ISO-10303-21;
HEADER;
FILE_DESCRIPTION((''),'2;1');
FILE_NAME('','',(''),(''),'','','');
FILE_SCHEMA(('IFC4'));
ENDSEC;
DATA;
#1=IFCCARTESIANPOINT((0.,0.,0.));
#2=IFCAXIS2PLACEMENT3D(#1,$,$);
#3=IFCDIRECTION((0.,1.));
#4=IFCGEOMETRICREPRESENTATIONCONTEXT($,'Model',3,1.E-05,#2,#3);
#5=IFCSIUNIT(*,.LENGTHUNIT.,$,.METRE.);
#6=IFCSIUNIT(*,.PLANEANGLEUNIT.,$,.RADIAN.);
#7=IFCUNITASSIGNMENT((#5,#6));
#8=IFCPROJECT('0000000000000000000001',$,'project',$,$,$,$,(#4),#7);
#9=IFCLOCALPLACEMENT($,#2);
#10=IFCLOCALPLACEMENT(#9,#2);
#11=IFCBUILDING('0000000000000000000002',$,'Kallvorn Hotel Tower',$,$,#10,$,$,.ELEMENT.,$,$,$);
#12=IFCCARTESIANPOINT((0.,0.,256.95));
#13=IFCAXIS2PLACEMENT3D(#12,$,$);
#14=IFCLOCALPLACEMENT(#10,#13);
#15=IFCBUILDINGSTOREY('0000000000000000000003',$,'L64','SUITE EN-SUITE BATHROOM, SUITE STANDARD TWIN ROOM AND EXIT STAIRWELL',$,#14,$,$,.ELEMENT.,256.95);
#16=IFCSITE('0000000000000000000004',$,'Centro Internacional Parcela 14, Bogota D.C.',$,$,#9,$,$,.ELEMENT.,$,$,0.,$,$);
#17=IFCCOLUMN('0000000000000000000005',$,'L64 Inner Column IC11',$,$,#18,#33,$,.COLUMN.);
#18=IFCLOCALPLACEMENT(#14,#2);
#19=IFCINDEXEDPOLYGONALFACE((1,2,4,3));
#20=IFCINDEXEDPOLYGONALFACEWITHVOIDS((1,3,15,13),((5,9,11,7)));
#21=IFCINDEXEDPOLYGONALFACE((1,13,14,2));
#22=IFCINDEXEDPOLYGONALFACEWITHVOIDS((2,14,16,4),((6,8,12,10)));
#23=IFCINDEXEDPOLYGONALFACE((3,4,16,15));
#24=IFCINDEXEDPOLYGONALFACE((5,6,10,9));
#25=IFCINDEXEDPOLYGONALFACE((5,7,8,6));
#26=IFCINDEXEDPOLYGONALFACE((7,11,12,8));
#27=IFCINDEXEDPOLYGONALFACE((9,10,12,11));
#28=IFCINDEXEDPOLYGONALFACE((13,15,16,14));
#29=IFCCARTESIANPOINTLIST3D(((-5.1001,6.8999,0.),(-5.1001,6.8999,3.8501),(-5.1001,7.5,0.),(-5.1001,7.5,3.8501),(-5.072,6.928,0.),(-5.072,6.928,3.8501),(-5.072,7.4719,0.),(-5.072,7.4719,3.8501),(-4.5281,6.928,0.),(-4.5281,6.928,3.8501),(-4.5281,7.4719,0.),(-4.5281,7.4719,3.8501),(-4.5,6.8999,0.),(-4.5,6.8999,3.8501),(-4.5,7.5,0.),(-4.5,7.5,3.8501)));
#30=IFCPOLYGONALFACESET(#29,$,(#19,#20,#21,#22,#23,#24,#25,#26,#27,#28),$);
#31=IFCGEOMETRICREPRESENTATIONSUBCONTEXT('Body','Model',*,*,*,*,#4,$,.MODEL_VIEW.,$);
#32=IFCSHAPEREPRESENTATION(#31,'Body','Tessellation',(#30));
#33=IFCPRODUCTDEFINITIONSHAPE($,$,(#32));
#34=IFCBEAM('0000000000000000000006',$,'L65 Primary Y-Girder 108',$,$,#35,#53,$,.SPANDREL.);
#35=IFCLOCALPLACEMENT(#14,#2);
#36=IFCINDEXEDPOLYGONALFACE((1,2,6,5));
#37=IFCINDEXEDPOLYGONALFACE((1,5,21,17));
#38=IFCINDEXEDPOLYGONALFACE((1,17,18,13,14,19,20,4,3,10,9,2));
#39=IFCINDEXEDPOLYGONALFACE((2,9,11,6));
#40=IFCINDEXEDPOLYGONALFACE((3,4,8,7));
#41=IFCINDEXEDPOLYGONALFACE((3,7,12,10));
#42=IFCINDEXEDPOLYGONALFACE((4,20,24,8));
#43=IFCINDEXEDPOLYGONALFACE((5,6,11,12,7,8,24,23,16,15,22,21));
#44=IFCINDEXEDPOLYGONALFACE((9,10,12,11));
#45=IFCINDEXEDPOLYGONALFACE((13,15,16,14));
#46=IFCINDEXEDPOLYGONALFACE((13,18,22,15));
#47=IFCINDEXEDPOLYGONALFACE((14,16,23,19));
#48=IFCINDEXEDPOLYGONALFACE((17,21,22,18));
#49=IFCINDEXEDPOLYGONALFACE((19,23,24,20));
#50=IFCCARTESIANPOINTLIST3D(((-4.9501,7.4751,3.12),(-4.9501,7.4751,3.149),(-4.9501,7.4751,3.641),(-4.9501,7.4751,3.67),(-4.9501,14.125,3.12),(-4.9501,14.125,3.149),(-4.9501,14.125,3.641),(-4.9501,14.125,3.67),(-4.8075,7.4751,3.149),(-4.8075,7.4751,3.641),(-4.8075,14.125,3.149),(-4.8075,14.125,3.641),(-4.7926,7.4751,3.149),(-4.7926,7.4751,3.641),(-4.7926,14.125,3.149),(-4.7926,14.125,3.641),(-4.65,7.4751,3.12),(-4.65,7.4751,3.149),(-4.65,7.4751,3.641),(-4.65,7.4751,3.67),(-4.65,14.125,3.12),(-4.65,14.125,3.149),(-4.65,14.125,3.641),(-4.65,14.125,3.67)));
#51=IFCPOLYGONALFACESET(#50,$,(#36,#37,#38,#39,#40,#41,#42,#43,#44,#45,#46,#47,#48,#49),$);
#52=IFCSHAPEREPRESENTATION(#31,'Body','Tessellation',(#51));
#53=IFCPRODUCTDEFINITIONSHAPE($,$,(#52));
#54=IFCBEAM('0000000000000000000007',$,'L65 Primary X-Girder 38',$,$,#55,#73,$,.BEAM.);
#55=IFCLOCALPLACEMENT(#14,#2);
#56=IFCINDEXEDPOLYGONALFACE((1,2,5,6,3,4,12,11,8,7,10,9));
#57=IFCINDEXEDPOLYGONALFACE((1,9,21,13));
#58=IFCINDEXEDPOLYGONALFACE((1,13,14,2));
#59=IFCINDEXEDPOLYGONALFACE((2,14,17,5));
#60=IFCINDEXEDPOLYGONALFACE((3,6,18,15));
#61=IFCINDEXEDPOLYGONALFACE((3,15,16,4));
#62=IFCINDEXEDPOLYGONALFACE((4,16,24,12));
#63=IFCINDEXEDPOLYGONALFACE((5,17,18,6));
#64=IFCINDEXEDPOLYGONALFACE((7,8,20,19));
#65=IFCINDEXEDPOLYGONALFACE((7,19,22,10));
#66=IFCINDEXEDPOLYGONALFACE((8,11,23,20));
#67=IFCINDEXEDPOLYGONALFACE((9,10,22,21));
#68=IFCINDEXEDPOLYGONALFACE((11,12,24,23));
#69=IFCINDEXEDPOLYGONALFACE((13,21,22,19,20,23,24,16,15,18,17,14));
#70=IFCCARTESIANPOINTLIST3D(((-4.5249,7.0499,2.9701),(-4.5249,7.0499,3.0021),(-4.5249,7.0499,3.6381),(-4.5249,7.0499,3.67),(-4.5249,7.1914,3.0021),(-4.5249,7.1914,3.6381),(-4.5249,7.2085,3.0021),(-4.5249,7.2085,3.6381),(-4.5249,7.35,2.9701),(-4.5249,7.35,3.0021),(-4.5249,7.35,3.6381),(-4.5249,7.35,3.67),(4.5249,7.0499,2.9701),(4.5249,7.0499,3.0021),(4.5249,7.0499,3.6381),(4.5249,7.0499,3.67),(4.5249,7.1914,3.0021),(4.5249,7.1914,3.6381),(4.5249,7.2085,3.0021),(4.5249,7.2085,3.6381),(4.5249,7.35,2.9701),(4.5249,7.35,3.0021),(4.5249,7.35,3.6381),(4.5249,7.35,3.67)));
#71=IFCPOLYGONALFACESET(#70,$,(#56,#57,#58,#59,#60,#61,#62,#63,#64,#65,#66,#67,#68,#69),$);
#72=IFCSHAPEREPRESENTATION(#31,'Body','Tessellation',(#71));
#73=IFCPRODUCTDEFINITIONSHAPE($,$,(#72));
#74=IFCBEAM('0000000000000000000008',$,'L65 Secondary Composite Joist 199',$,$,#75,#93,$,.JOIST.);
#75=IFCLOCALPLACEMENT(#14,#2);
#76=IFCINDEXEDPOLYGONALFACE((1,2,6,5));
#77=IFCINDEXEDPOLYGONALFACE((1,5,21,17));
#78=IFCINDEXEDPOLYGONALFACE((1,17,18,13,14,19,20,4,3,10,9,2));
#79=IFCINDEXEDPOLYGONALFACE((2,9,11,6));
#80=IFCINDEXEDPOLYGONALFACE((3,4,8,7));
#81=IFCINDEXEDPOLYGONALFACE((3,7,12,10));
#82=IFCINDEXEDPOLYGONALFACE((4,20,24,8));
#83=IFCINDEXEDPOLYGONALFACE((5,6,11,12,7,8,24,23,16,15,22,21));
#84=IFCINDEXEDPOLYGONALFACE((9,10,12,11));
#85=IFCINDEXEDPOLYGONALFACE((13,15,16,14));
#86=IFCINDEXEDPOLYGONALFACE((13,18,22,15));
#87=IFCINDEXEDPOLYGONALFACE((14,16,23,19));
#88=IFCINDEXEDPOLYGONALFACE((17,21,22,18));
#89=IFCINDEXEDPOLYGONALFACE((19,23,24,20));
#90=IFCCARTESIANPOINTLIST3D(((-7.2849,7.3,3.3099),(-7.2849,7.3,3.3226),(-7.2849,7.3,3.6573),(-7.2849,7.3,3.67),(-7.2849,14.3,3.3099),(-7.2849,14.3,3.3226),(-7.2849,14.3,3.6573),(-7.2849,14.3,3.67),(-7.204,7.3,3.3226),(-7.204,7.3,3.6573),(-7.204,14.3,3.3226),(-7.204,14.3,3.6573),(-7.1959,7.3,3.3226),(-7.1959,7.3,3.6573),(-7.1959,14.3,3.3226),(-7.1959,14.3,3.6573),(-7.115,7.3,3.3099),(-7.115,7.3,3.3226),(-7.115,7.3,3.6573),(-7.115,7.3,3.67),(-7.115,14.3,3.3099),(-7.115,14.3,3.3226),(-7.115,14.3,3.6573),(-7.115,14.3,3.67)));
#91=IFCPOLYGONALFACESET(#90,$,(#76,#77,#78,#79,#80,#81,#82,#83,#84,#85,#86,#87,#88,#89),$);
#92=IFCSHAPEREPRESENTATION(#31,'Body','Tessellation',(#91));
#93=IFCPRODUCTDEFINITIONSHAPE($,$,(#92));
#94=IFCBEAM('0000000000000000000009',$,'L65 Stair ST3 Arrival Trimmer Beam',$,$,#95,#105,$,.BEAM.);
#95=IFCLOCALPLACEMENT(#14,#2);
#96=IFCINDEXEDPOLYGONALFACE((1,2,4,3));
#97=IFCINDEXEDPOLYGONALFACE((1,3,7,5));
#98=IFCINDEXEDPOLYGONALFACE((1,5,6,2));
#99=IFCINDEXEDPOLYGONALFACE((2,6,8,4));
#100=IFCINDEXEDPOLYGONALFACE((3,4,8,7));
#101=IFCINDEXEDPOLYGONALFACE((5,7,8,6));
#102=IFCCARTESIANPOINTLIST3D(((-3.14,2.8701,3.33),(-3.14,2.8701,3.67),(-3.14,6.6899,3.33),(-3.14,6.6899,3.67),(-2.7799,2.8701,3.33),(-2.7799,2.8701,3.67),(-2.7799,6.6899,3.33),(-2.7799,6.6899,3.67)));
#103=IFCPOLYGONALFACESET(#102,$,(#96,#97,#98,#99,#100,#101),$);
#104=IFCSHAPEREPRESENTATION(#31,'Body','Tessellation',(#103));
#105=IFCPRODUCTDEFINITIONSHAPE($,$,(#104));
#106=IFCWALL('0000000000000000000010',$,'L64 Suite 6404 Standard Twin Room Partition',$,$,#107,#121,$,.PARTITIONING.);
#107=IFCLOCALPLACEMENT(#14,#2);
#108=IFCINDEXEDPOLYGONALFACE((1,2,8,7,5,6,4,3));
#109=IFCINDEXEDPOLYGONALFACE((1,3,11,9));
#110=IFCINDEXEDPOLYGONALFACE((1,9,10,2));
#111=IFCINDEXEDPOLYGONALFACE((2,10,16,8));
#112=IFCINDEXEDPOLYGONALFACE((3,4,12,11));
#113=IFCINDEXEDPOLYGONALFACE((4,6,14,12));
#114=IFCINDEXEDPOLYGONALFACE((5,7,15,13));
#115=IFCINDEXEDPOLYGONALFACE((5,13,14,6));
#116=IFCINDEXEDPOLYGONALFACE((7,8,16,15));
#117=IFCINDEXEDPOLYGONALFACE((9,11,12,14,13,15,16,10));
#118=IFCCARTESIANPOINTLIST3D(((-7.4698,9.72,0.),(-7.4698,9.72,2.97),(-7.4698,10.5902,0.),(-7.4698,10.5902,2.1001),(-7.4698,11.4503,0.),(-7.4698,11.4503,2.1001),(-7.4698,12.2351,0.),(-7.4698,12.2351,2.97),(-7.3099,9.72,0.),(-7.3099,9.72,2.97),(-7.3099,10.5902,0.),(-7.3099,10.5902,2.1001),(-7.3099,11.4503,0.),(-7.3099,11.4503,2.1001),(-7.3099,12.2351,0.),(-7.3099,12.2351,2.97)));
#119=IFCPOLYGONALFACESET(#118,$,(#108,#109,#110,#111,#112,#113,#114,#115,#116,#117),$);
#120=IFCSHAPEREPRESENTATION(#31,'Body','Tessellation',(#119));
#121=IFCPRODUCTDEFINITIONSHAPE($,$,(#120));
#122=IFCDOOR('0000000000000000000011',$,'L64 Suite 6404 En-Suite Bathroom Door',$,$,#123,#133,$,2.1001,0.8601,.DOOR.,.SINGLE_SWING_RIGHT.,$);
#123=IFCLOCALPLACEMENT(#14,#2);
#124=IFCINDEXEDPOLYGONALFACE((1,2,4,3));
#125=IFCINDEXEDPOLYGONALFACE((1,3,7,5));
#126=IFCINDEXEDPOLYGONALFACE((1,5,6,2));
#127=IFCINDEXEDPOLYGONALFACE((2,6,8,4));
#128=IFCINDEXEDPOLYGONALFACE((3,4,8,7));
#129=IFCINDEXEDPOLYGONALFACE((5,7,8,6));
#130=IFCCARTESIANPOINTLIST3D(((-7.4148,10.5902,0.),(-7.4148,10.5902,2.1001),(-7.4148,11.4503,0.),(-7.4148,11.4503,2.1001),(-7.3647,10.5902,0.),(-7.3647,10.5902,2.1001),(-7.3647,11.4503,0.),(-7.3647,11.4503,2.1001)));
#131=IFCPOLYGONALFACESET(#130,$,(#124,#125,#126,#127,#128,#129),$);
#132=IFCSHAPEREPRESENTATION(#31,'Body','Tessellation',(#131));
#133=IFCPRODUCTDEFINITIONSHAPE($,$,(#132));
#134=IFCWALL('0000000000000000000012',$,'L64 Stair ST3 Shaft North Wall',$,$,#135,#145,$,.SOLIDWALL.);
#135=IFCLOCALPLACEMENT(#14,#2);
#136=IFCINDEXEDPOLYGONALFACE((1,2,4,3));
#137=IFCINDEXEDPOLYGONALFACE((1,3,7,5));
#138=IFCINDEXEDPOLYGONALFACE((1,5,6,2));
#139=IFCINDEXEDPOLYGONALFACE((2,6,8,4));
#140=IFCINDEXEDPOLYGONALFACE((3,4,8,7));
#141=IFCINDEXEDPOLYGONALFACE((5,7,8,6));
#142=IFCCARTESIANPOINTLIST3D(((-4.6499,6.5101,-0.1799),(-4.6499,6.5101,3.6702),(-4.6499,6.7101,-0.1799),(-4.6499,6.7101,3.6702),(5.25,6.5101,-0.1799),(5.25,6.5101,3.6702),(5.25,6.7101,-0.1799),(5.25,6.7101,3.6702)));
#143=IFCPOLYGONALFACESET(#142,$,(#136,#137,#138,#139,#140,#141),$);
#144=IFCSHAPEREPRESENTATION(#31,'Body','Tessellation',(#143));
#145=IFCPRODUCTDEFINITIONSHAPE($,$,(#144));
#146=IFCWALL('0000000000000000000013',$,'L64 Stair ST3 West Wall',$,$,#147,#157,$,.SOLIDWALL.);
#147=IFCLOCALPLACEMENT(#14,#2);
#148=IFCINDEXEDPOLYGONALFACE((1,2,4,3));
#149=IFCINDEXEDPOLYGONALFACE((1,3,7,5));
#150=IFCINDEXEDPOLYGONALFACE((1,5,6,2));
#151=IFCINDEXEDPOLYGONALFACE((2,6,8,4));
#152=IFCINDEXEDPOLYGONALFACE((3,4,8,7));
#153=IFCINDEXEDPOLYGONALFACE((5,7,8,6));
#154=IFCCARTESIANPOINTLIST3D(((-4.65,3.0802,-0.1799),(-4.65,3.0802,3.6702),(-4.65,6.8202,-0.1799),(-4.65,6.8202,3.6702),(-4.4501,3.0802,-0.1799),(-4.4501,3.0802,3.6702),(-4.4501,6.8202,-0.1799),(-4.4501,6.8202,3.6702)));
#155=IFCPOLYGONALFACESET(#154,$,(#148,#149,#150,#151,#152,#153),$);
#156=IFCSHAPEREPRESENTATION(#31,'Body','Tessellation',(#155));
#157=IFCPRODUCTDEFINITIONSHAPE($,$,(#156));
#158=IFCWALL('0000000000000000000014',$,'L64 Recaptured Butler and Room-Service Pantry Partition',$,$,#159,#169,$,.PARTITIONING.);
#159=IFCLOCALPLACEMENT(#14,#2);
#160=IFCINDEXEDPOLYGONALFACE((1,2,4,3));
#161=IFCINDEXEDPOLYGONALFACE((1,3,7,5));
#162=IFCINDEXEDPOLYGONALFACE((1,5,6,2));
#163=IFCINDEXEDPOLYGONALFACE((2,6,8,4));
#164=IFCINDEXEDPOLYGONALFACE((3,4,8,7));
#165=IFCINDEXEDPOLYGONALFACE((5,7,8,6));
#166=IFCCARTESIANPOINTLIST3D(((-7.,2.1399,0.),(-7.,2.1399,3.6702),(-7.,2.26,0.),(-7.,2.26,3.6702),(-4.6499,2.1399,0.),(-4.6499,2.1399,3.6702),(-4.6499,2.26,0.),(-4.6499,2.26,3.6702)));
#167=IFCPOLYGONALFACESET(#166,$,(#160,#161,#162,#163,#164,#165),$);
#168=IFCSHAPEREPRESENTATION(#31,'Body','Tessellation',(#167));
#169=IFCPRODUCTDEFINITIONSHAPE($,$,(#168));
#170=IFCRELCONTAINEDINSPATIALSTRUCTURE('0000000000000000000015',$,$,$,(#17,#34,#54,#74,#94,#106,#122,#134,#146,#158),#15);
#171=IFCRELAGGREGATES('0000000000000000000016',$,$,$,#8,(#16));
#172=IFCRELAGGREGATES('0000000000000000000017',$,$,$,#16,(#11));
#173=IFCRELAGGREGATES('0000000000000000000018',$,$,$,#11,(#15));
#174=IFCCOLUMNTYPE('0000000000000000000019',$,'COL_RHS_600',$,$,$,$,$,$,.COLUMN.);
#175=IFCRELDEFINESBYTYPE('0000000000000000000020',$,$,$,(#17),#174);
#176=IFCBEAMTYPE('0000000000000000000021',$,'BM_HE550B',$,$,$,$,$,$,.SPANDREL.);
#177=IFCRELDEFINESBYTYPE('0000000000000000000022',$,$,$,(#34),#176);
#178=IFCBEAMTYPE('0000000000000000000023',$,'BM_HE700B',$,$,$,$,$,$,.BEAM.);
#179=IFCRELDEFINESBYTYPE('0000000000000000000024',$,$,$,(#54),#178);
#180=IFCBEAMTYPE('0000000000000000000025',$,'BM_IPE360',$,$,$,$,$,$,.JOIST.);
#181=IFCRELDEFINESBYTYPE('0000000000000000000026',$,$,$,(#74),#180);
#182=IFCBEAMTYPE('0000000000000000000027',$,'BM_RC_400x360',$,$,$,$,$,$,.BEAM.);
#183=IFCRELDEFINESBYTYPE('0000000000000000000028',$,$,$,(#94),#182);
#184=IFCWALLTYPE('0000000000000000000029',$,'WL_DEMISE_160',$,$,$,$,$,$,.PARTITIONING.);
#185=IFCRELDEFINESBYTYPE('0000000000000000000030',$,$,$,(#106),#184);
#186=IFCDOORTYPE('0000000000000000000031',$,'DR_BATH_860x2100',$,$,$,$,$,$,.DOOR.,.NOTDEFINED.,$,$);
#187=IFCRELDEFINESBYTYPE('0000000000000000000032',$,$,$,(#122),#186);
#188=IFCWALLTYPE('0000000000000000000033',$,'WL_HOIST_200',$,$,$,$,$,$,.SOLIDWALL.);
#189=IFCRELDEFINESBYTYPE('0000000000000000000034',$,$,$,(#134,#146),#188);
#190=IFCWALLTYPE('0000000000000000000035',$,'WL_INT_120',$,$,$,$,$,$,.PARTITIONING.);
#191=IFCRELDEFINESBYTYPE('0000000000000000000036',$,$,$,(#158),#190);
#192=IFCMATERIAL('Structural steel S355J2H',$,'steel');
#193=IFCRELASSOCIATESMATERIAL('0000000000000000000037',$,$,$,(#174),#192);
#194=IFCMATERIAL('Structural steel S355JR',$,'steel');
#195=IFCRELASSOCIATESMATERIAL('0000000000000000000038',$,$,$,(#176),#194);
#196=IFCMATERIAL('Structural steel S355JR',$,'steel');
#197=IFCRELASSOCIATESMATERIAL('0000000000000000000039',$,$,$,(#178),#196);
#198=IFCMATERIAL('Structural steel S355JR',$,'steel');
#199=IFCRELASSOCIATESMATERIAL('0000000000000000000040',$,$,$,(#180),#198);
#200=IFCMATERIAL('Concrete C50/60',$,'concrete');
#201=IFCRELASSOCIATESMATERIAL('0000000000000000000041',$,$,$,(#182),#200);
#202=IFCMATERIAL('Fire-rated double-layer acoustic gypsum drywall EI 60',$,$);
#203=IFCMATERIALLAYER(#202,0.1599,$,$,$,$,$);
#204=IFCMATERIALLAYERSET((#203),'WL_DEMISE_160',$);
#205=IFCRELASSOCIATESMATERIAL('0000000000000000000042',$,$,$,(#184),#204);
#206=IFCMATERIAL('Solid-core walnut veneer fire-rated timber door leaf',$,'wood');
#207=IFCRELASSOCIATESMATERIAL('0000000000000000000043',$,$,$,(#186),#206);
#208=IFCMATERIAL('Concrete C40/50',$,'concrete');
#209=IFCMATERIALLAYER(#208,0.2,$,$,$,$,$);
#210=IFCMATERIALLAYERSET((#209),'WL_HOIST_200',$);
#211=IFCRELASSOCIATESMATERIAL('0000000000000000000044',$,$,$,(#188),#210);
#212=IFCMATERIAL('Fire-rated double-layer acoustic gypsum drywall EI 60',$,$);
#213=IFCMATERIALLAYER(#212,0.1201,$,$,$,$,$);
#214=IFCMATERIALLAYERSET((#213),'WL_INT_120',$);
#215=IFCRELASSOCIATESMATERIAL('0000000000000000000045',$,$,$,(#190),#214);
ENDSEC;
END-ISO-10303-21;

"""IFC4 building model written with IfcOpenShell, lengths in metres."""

from ifc_helpers import new_model, si_unit, direction, frame, frame_2d, origin, origin_2d, place, context, subcontext, project, spatial, rectangle, hollow_rectangle, i_section, extrude, material, layer, layer_set, material_profile, profile_set, type_object, element, fill, save


model = new_model("IFC4")

# Units and contexts
model_context = context("Model", 3, precision=1e-05, world=origin(), true_north=direction((0.0, 1.0)))
body_context = subcontext(model_context, "Body", "Model", "MODEL_VIEW")
ifc_project = project(units=[si_unit("LENGTHUNIT", "METRE"), si_unit("PLANEANGLEUNIT", "RADIAN")], contexts=[model_context])

# Site, building, storey
site_placement = place(None, origin())
site = spatial("IfcSite", under=ifc_project, at=site_placement, Name="Centro Internacional Parcela 14, Bogota D.C.", CompositionType="ELEMENT", RefElevation=0.0)
building_placement = place(site_placement, origin())
building = spatial("IfcBuilding", under=site, at=building_placement, Name="Kallvorn Hotel Tower", CompositionType="ELEMENT")
storey_placement = place(building_placement, frame((0.0, 0.0, 256.95)))
storey = spatial("IfcBuildingStorey", under=building, at=storey_placement, Name="L64", Description="SUITE EN-SUITE BATHROOM, SUITE STANDARD TWIN ROOM AND EXIT STAIRWELL", CompositionType="ELEMENT", Elevation=256.95)

# Column
ifc_material_1 = material(Name="Structural steel S355J2H", Category="steel")
ifc_material_profile_1 = material_profile(ifc_material_1, hollow_rectangle(XDim=0.6001, YDim=0.6001, WallThickness=0.0281, at=origin_2d()), Name="RHS 600x600x28")
ifc_profile_set_1 = profile_set([ifc_material_profile_1], Name="Structural steel S355J2H")
column_type = type_object("IfcColumnType", Name="COL_RHS_600", PredefinedType="COLUMN", material=ifc_profile_set_1)
column_placement = place(storey_placement, frame((-4.8, 7.2, 0.0), z_axis=(0.0, 0.0, 1.0), x_axis=(1.0, 0.0, 0.0)))
element("IfcColumn", 1, at=column_placement, inside=storey, type_object=column_type, Name="L64 Inner Column IC11", PredefinedType="COLUMN", context=body_context, shape_type="SweptSolid", body=[
    extrude(hollow_rectangle(XDim=0.6001, YDim=0.6001, WallThickness=0.0281, at=origin_2d()), origin(), (0.0, 0.0, 1.0), 3.8501),
])

# Beams
ifc_material_2 = material(Name="Structural steel S355JR", Category="steel")
ifc_material_profile_2 = material_profile(ifc_material_2, i_section(OverallWidth=0.3, OverallDepth=0.55, WebThickness=0.0149, FlangeThickness=0.0291, at=origin_2d()), Name="HE 550 B")
ifc_profile_set_2 = profile_set([ifc_material_profile_2], Name="Structural steel S355JR")
beam_type_1 = type_object("IfcBeamType", Name="BM_HE550B", PredefinedType="SPANDREL", material=ifc_profile_set_2)
beam_1_placement = place(storey_placement, frame((-4.8, 7.4751, 3.395), z_axis=(0.0, 1.0, 0.0), x_axis=(-1.0, 0.0, 0.0)))
element("IfcBeam", 2, at=beam_1_placement, inside=storey, type_object=beam_type_1, Name="L65 Primary Y-Girder 108", PredefinedType="SPANDREL", context=body_context, shape_type="SweptSolid", body=[
    extrude(i_section(OverallWidth=0.3, OverallDepth=0.55, WebThickness=0.0149, FlangeThickness=0.0291, at=origin_2d()), origin(), (0.0, 0.0, 1.0), 6.6499),
])
ifc_material_3 = material(Name="Structural steel S355JR", Category="steel")
ifc_material_profile_3 = material_profile(ifc_material_3, i_section(OverallWidth=0.3, OverallDepth=0.7, WebThickness=0.0171, FlangeThickness=0.032, at=origin_2d()), Name="HE 700 B")
ifc_profile_set_3 = profile_set([ifc_material_profile_3], Name="Structural steel S355JR")
beam_type_2 = type_object("IfcBeamType", Name="BM_HE700B", PredefinedType="BEAM", material=ifc_profile_set_3)
beam_2_placement = place(storey_placement, frame((-4.5249, 7.2, 3.3201), z_axis=(1.0, 0.0, 0.0), x_axis=(0.0, 1.0, 0.0)))
element("IfcBeam", 3, at=beam_2_placement, inside=storey, type_object=beam_type_2, Name="L65 Primary X-Girder 38", PredefinedType="BEAM", context=body_context, shape_type="SweptSolid", body=[
    extrude(i_section(OverallWidth=0.3, OverallDepth=0.7, WebThickness=0.0171, FlangeThickness=0.032, at=origin_2d()), origin(), (0.0, 0.0, 1.0), 9.0498),
])
ifc_material_4 = material(Name="Structural steel S355JR", Category="steel")
ifc_material_profile_4 = material_profile(ifc_material_4, i_section(OverallWidth=0.1699, OverallDepth=0.3601, WebThickness=0.0081, FlangeThickness=0.0127, at=origin_2d()), Name="IPE 360")
ifc_profile_set_4 = profile_set([ifc_material_profile_4], Name="Structural steel S355JR")
beam_type_3 = type_object("IfcBeamType", Name="BM_IPE360", PredefinedType="JOIST", material=ifc_profile_set_4)
beam_3_placement = place(storey_placement, frame((-7.2, 7.3, 3.49), z_axis=(0.0, 1.0, 0.0), x_axis=(-1.0, 0.0, 0.0)))
element("IfcBeam", 4, at=beam_3_placement, inside=storey, type_object=beam_type_3, Name="L65 Secondary Composite Joist 199", PredefinedType="JOIST", context=body_context, shape_type="SweptSolid", body=[
    extrude(i_section(OverallWidth=0.1699, OverallDepth=0.3601, WebThickness=0.0081, FlangeThickness=0.0127, at=origin_2d()), origin(), (0.0, 0.0, 1.0), 7.0),
])
ifc_material_5 = material(Name="Concrete C50/60", Category="concrete")
ifc_material_profile_5 = material_profile(ifc_material_5, rectangle(XDim=0.3601, YDim=0.3401, at=origin_2d()), Name="RC 360x340")
ifc_profile_set_5 = profile_set([ifc_material_profile_5], Name="Concrete C50/60")
beam_type_4 = type_object("IfcBeamType", Name="BM_RC_400x360", PredefinedType="BEAM", material=ifc_profile_set_5)
beam_4_placement = place(storey_placement, frame((-2.96, 2.8701, 3.5), z_axis=(0.0, 1.0, 0.0), x_axis=(-1.0, 0.0, 0.0)))
element("IfcBeam", 5, at=beam_4_placement, inside=storey, type_object=beam_type_4, Name="L65 Stair ST3 Arrival Trimmer Beam", PredefinedType="BEAM", context=body_context, shape_type="SweptSolid", body=[
    extrude(rectangle(XDim=0.3601, YDim=0.3401, at=origin_2d()), origin(), (0.0, 0.0, 1.0), 3.8198),
])

# Wall, opening, door
ifc_material_6 = material(Name="Fire-rated double-layer acoustic gypsum drywall EI 60")
ifc_layer_1 = layer(ifc_material_6, 0.1599)
ifc_layer_set_1 = layer_set([ifc_layer_1], Name="WL_DEMISE_160")
wall_type_1 = type_object("IfcWallType", Name="WL_DEMISE_160", PredefinedType="PARTITIONING", material=ifc_layer_set_1)
wall_1_placement = place(storey_placement, frame((-7.3899, 9.72, 0.0), z_axis=(0.0, 0.0, 1.0), x_axis=(0.0, 1.0, 0.0)))
wall_1 = element("IfcWall", 6, at=wall_1_placement, inside=storey, type_object=wall_type_1, Name="L64 Suite 6404 Standard Twin Room Partition", PredefinedType="PARTITIONING", context=body_context, shape_type="SweptSolid", body=[
    extrude(rectangle(XDim=2.5151, YDim=0.1599, at=frame_2d((1.2576, 0.0))), origin(), (0.0, 0.0, 1.0), 2.97),
])
opening_1_placement = place(wall_1_placement, frame((0.8701, 0.0, 0.0)))
opening_1 = element("IfcOpeningElement", 7, at=opening_1_placement, cuts=wall_1, PredefinedType="OPENING", context=body_context, shape_type="SweptSolid", body=[
    extrude(rectangle(XDim=0.8601, YDim=2.1001, at=frame_2d((0.4302, 1.05))), frame((0.0, 0.095, 0.0), z_axis=(0.0, -1.0, 0.0), x_axis=(1.0, 0.0, 0.0)), (0.0, 0.0, 1.0), 0.1899),
])
ifc_material_7 = material(Name="Solid-core walnut veneer fire-rated timber door leaf", Category="wood")
door_type_1 = type_object("IfcDoorType", Name="DR_BATH_860x2100", OperationType="NOTDEFINED", PredefinedType="DOOR", material=ifc_material_7)
door_1_placement = place(opening_1_placement, origin())
door_1 = element("IfcDoor", 8, at=door_1_placement, inside=storey, type_object=door_type_1, Name="L64 Suite 6404 En-Suite Bathroom Door", OperationType="SINGLE_SWING_RIGHT", OverallHeight=2.1001, OverallWidth=0.8601, PredefinedType="DOOR", context=body_context, shape_type="SweptSolid", body=[
    extrude(rectangle(XDim=0.8601, YDim=2.1001, at=frame_2d((0.4302, 1.05))), frame((0.0, 0.0249, 0.0), z_axis=(0.0, -1.0, 0.0), x_axis=(1.0, 0.0, 0.0)), (0.0, 0.0, 1.0), 0.05),
])
fill(opening_1, door_1)

# Walls
ifc_material_8 = material(Name="Concrete C40/50", Category="concrete")
ifc_layer_2 = layer(ifc_material_8, 0.2)
ifc_layer_set_2 = layer_set([ifc_layer_2], Name="WL_HOIST_200")
wall_type_2 = type_object("IfcWallType", Name="WL_HOIST_200", PredefinedType="SOLIDWALL", material=ifc_layer_set_2)
wall_2_placement = place(storey_placement, frame((-4.6499, 6.6101, -0.1799), z_axis=(0.0, 0.0, 1.0), x_axis=(1.0, 0.0, 0.0)))
element("IfcWall", 9, at=wall_2_placement, inside=storey, type_object=wall_type_2, Name="L64 Stair ST3 Shaft North Wall", PredefinedType="SOLIDWALL", context=body_context, shape_type="SweptSolid", body=[
    extrude(rectangle(XDim=9.8999, YDim=0.2, at=frame_2d((4.95, 0.0))), origin(), (0.0, 0.0, 1.0), 3.8501),
])
wall_3_placement = place(storey_placement, frame((-4.55, 3.0801, -0.1799), z_axis=(0.0, 0.0, 1.0), x_axis=(0.0, 1.0, 0.0)))
element("IfcWall", 10, at=wall_3_placement, inside=storey, type_object=wall_type_2, Name="L64 Stair ST3 West Wall", PredefinedType="SOLIDWALL", context=body_context, shape_type="SweptSolid", body=[
    extrude(rectangle(XDim=3.74, YDim=0.2, at=frame_2d((1.8701, 0.0))), origin(), (0.0, 0.0, 1.0), 3.8501),
])
ifc_material_9 = material(Name="Fire-rated double-layer acoustic gypsum drywall EI 60")
ifc_layer_3 = layer(ifc_material_9, 0.1201)
ifc_layer_set_3 = layer_set([ifc_layer_3], Name="WL_INT_120")
wall_type_3 = type_object("IfcWallType", Name="WL_INT_120", PredefinedType="PARTITIONING", material=ifc_layer_set_3)
wall_4_placement = place(storey_placement, frame((-7.0, 2.2, 0.0), z_axis=(0.0, 0.0, 1.0), x_axis=(1.0, 0.0, 0.0)))
element("IfcWall", 11, at=wall_4_placement, inside=storey, type_object=wall_type_3, Name="L64 Recaptured Butler and Room-Service Pantry Partition", PredefinedType="PARTITIONING", context=body_context, shape_type="SweptSolid", body=[
    extrude(rectangle(XDim=2.3501, YDim=0.1201, at=frame_2d((1.175, 0.0))), origin(), (0.0, 0.0, 1.0), 3.6702),
])

save(model, "model.ifc")
